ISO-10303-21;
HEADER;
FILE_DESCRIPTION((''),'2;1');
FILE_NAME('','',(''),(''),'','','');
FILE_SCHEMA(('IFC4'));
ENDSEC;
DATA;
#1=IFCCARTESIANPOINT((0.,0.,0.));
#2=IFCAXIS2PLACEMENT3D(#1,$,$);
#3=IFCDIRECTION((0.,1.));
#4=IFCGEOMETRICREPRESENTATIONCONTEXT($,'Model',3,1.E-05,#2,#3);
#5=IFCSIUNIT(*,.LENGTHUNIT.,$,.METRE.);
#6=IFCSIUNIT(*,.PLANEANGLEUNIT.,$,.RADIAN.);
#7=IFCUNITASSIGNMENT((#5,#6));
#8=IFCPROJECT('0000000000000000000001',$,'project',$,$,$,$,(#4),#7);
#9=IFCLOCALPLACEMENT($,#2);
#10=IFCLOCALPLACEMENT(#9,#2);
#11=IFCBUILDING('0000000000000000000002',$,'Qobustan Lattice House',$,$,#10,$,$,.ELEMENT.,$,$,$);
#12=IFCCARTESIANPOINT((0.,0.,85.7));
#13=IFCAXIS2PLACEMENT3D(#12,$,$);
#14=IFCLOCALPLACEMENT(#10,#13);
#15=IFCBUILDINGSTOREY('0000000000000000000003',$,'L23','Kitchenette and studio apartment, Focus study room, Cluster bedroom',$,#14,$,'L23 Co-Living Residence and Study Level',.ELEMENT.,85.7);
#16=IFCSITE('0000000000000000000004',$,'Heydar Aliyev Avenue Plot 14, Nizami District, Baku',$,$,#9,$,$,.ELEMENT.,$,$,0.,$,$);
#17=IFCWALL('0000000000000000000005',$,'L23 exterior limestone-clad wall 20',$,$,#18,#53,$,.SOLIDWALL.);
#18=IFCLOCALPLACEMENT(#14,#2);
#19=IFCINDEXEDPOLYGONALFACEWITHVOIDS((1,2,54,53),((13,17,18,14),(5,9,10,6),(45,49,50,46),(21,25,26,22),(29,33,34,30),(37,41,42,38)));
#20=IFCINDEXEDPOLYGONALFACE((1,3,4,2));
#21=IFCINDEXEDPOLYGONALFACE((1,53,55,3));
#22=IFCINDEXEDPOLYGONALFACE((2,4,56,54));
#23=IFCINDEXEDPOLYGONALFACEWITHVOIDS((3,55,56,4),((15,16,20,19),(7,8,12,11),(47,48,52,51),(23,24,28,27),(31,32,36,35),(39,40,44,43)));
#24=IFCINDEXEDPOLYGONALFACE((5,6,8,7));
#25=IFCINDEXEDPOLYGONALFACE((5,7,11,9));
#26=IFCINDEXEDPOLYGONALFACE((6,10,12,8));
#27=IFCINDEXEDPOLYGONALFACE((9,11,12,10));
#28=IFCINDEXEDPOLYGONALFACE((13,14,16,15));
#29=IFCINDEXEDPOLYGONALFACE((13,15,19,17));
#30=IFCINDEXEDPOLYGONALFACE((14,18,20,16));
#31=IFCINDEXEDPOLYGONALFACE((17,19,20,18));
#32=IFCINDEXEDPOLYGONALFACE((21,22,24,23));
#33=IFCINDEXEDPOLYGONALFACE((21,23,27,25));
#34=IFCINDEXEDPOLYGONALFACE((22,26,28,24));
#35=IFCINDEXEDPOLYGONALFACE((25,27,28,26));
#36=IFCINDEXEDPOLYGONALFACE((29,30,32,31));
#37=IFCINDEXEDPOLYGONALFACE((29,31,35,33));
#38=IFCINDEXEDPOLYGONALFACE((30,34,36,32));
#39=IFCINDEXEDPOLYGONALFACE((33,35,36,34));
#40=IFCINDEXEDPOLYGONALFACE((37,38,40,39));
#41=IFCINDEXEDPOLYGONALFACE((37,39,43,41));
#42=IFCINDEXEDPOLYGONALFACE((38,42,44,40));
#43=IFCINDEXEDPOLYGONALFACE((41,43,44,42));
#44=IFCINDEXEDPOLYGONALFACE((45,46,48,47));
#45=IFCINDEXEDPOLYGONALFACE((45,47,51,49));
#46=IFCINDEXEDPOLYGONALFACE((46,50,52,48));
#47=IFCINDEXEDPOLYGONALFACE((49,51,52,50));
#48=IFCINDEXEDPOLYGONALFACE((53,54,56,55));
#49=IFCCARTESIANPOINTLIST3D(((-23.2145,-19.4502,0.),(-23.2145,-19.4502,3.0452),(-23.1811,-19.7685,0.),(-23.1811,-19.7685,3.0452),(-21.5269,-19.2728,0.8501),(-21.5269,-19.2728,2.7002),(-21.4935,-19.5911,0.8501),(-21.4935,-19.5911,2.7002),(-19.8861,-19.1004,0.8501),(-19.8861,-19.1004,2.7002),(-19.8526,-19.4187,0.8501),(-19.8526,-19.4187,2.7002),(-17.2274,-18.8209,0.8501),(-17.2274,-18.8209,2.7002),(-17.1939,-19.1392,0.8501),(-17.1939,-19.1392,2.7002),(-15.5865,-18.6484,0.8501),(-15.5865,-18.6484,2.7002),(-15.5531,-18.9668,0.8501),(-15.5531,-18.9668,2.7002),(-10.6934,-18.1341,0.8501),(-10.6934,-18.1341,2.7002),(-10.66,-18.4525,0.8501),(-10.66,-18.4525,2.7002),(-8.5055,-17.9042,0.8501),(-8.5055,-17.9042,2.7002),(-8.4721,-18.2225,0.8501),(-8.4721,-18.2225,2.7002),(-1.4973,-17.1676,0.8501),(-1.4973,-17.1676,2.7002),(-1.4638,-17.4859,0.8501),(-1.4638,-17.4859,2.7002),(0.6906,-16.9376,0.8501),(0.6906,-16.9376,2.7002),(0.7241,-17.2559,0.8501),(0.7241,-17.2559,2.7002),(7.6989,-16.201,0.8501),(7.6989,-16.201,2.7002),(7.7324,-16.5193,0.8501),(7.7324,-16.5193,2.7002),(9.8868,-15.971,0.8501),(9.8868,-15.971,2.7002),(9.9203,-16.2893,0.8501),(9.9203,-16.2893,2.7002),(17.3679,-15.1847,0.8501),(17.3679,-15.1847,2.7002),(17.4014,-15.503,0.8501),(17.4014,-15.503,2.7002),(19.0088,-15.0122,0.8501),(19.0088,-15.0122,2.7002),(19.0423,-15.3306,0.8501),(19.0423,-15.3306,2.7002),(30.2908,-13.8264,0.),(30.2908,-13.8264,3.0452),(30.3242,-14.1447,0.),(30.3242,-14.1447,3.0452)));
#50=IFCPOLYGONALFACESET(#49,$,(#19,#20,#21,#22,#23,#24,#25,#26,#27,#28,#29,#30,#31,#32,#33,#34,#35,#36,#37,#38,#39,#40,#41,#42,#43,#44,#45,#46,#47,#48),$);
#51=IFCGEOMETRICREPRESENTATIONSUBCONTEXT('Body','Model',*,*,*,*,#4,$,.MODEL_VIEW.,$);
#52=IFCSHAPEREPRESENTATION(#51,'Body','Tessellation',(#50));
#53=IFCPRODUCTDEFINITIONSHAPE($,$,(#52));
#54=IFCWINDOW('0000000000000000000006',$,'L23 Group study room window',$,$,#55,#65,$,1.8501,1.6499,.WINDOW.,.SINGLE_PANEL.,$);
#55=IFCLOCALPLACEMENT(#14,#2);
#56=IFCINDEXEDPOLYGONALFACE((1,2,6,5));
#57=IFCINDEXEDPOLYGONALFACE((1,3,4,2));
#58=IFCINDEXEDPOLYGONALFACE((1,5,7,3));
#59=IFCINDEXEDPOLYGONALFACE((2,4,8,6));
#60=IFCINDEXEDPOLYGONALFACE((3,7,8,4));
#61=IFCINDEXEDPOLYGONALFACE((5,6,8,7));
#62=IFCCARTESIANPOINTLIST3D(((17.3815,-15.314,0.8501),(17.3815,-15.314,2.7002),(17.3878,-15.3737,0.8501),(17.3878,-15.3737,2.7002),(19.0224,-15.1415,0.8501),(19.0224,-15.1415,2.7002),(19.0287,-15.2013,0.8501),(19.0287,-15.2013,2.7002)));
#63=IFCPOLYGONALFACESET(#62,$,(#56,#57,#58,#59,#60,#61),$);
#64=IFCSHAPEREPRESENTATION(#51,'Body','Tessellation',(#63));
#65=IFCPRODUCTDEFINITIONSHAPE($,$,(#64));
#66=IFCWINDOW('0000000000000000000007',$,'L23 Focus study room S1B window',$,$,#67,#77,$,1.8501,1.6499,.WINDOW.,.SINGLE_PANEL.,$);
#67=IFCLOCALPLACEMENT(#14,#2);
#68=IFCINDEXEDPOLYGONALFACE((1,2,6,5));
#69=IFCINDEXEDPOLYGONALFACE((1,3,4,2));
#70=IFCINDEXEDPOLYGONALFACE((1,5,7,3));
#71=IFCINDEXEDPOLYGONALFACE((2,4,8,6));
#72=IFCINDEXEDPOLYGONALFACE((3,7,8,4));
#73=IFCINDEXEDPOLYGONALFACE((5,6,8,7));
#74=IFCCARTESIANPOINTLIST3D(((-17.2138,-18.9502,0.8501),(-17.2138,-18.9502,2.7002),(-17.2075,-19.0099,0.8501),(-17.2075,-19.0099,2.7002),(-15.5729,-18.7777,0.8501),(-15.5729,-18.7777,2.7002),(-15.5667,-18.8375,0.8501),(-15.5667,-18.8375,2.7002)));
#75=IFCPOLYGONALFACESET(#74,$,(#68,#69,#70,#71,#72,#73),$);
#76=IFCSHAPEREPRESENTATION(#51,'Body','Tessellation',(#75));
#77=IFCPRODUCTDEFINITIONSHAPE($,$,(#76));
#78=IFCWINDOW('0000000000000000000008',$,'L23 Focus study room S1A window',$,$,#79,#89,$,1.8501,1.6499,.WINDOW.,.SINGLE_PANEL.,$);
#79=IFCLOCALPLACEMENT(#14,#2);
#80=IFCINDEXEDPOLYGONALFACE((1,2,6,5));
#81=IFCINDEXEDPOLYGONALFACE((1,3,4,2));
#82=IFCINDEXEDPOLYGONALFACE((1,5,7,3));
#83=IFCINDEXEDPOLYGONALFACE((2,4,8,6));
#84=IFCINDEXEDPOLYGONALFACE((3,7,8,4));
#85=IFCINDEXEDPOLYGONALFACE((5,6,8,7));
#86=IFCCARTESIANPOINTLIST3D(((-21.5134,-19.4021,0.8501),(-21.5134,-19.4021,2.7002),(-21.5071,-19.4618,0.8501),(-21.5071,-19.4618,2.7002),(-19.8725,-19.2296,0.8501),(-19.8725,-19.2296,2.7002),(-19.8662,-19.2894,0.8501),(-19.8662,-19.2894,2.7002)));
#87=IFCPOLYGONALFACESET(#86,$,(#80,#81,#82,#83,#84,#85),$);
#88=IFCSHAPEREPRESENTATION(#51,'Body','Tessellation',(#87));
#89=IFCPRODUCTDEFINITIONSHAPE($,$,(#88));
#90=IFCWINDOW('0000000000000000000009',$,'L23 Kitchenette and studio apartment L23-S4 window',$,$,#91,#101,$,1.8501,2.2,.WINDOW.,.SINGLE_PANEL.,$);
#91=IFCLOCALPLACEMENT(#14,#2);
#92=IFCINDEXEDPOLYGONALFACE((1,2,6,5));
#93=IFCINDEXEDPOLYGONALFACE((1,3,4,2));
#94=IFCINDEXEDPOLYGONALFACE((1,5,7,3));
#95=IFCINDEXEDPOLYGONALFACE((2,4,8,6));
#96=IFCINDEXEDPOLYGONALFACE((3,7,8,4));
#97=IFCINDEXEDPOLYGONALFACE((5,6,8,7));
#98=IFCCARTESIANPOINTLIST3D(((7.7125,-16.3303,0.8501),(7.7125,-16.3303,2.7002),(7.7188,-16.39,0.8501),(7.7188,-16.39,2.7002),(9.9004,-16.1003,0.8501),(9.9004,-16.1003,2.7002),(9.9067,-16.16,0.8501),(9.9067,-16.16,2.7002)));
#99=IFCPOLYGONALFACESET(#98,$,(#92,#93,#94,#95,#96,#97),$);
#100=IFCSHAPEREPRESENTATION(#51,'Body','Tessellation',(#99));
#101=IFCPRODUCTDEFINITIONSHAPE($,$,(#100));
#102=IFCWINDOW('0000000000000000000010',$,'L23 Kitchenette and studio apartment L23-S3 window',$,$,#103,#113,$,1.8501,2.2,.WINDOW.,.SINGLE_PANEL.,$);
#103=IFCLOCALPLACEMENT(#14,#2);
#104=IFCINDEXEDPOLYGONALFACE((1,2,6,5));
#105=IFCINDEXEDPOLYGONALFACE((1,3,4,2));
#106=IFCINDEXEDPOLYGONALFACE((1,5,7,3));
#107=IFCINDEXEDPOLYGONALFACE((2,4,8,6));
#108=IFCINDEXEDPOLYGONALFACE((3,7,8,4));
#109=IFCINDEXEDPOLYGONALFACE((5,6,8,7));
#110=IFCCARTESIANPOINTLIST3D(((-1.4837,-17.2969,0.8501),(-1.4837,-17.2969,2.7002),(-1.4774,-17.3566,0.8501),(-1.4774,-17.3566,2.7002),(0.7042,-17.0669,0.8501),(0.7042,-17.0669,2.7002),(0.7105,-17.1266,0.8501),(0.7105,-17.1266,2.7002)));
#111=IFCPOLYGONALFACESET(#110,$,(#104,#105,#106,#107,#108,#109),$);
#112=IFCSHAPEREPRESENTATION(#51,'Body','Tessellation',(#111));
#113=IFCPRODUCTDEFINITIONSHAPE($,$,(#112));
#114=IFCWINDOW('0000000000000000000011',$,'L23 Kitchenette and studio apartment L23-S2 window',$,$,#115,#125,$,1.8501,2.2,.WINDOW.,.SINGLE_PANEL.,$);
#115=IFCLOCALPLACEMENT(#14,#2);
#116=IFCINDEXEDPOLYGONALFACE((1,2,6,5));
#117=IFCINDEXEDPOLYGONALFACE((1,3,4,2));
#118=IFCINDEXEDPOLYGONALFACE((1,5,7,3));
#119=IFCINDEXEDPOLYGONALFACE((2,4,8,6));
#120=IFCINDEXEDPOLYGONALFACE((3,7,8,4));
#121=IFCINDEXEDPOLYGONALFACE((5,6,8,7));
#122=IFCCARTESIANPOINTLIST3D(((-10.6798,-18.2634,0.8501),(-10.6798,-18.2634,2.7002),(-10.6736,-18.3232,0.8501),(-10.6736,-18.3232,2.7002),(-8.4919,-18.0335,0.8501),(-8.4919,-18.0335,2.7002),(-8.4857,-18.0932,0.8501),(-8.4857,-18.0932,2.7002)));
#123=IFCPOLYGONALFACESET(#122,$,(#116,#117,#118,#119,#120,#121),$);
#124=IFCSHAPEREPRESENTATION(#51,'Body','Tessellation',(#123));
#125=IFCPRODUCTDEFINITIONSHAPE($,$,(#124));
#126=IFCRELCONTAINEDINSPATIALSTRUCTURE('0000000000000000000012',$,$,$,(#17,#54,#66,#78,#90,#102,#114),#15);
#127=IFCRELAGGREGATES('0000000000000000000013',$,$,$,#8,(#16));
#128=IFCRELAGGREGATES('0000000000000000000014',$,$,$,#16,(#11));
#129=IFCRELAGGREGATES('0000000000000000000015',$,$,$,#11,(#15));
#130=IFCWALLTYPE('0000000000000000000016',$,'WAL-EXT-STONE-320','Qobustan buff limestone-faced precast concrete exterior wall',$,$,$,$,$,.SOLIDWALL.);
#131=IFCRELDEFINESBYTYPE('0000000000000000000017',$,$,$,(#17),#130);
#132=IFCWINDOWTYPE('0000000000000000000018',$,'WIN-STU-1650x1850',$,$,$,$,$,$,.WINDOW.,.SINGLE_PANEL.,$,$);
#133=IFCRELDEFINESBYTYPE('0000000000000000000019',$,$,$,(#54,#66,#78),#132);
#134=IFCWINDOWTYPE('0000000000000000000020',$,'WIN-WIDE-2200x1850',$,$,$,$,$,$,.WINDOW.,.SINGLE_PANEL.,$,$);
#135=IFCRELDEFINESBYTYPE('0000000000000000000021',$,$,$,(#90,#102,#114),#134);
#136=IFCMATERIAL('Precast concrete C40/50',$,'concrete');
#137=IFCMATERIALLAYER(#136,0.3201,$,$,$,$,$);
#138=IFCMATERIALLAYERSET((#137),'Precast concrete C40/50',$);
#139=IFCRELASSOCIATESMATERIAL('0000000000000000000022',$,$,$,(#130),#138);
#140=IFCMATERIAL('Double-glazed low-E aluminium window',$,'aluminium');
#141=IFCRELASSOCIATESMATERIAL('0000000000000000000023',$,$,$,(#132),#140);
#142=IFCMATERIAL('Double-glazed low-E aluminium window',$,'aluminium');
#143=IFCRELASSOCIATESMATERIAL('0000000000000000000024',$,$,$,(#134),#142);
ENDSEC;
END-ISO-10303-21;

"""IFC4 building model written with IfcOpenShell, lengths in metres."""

from ifc_helpers import new_model, si_unit, direction, frame, frame_2d, origin, place, context, subcontext, project, spatial, rectangle, extrude, material, layer, layer_set, type_object, element, fill, save


model = new_model("IFC4")

# Units and contexts
model_context = context("Model", 3, precision=1e-05, world=origin(), true_north=direction((0.0, 1.0)))
body_context = subcontext(model_context, "Body", "Model", "MODEL_VIEW")
ifc_project = project(units=[si_unit("LENGTHUNIT", "METRE"), si_unit("PLANEANGLEUNIT", "RADIAN")], contexts=[model_context])

# Site, building, storey
site_placement = place(None, origin())
site = spatial("IfcSite", under=ifc_project, at=site_placement, Name="Heydar Aliyev Avenue Plot 14, Nizami District, Baku", CompositionType="ELEMENT", RefElevation=0.0)
building_placement = place(site_placement, origin())
building = spatial("IfcBuilding", under=site, at=building_placement, Name="Qobustan Lattice House", CompositionType="ELEMENT")
storey_placement = place(building_placement, frame((0.0, 0.0, 85.7)))
storey = spatial("IfcBuildingStorey", under=building, at=storey_placement, Name="L23", Description="Kitchenette and studio apartment, Focus study room, Cluster bedroom", LongName="L23 Co-Living Residence and Study Level", CompositionType="ELEMENT", Elevation=85.7)

# Shared definitions
ifc_material_1 = material(Name="Precast concrete C40/50", Category="concrete")
ifc_layer_1 = layer(ifc_material_1, 0.3201)
ifc_layer_set_1 = layer_set([ifc_layer_1], Name="Precast concrete C40/50")
wall_type = type_object("IfcWallType", Name="WAL-EXT-STONE-320", Description="Qobustan buff limestone-faced precast concrete exterior wall", PredefinedType="SOLIDWALL", material=ifc_layer_set_1)

# Wall, openings, windows
wall_1_placement = place(storey_placement, frame((30.3074, -13.9856, 0.0), z_axis=(0.0, 0.0, 1.0), x_axis=(-0.994522, -0.104531, 0.0)))
wall_1 = element("IfcWall", 1, at=wall_1_placement, inside=storey, type_object=wall_type, Name="L23 exterior limestone-clad wall 20", PredefinedType="SOLIDWALL", context=body_context, shape_type="SweptSolid", body=[
    extrude(rectangle(XDim=53.8, YDim=0.3201, at=frame_2d((26.8999, 0.0))), origin(), (0.0, 0.0, 1.0), 3.0452),
])
opening_1_placement = place(wall_1_placement, frame((11.344, 0.0, 0.8501)))
opening_1 = element("IfcOpeningElement", 2, at=opening_1_placement, cuts=wall_1, PredefinedType="OPENING", context=body_context, shape_type="SweptSolid", body=[
    extrude(rectangle(XDim=1.6499, YDim=1.8501, at=frame_2d((0.825, 0.925))), frame((0.0, 0.1699, 0.0), z_axis=(0.0, -1.0, 0.0), x_axis=(1.0, 0.0, 0.0)), (0.0, 0.0, 1.0), 0.3401),
])
opening_2_placement = place(wall_1_placement, frame((20.5161, 0.0, 0.8501)))
opening_2 = element("IfcOpeningElement", 3, at=opening_2_placement, cuts=wall_1, PredefinedType="OPENING", context=body_context, shape_type="SweptSolid", body=[
    extrude(rectangle(XDim=2.2, YDim=1.8501, at=frame_2d((1.1001, 0.925))), frame((0.0, 0.1699, 0.0), z_axis=(0.0, -1.0, 0.0), x_axis=(1.0, 0.0, 0.0)), (0.0, 0.0, 1.0), 0.3401),
])
opening_3_placement = place(wall_1_placement, frame((29.7629, 0.0, 0.8501)))
opening_3 = element("IfcOpeningElement", 4, at=opening_3_placement, cuts=wall_1, PredefinedType="OPENING", context=body_context, shape_type="SweptSolid", body=[
    extrude(rectangle(XDim=2.2, YDim=1.8501, at=frame_2d((1.1001, 0.925))), frame((0.0, 0.1699, 0.0), z_axis=(0.0, -1.0, 0.0), x_axis=(1.0, 0.0, 0.0)), (0.0, 0.0, 1.0), 0.3401),
])
opening_4_placement = place(wall_1_placement, frame((39.0098, 0.0, 0.8501)))
opening_4 = element("IfcOpeningElement", 5, at=opening_4_placement, cuts=wall_1, PredefinedType="OPENING", context=body_context, shape_type="SweptSolid", body=[
    extrude(rectangle(XDim=2.2, YDim=1.8501, at=frame_2d((1.1001, 0.925))), frame((0.0, 0.1699, 0.0), z_axis=(0.0, -1.0, 0.0), x_axis=(1.0, 0.0, 0.0)), (0.0, 0.0, 1.0), 0.3401),
])
opening_5_placement = place(wall_1_placement, frame((46.1299, 0.0, 0.8501)))
opening_5 = element("IfcOpeningElement", 6, at=opening_5_placement, cuts=wall_1, PredefinedType="OPENING", context=body_context, shape_type="SweptSolid", body=[
    extrude(rectangle(XDim=1.6499, YDim=1.8501, at=frame_2d((0.825, 0.925))), frame((0.0, 0.1699, 0.0), z_axis=(0.0, -1.0, 0.0), x_axis=(1.0, 0.0, 0.0)), (0.0, 0.0, 1.0), 0.3401),
])
opening_6_placement = place(wall_1_placement, frame((50.4531, 0.0, 0.8501)))
opening_6 = element("IfcOpeningElement", 7, at=opening_6_placement, cuts=wall_1, PredefinedType="OPENING", context=body_context, shape_type="SweptSolid", body=[
    extrude(rectangle(XDim=1.6499, YDim=1.8501, at=frame_2d((0.825, 0.925))), frame((0.0, 0.1699, 0.0), z_axis=(0.0, -1.0, 0.0), x_axis=(1.0, 0.0, 0.0)), (0.0, 0.0, 1.0), 0.3401),
])
ifc_material_2 = material(Name="Double-glazed low-E aluminium window", Category="aluminium")
window_type_1 = type_object("IfcWindowType", Name="WIN-STU-1650x1850", PartitioningType="SINGLE_PANEL", PredefinedType="WINDOW", material=ifc_material_2)
window_1_placement = place(opening_1_placement, origin())
window_1 = element("IfcWindow", 8, at=window_1_placement, inside=storey, type_object=window_type_1, Name="L23 Group study room window", OverallHeight=1.8501, OverallWidth=1.6499, PartitioningType="SINGLE_PANEL", PredefinedType="WINDOW", context=body_context, shape_type="SweptSolid", body=[
    extrude(rectangle(XDim=1.6499, YDim=1.8501, at=frame_2d((0.825, 0.925))), frame((0.0, 0.03, 0.0), z_axis=(0.0, -1.0, 0.0), x_axis=(1.0, 0.0, 0.0)), (0.0, 0.0, 1.0), 0.0601),
])
fill(opening_1, window_1)
window_2_placement = place(opening_5_placement, origin())
window_2 = element("IfcWindow", 9, at=window_2_placement, inside=storey, type_object=window_type_1, Name="L23 Focus study room S1B window", OverallHeight=1.8501, OverallWidth=1.6499, PartitioningType="SINGLE_PANEL", PredefinedType="WINDOW", context=body_context, shape_type="SweptSolid", body=[
    extrude(rectangle(XDim=1.6499, YDim=1.8501, at=frame_2d((0.825, 0.925))), frame((0.0, 0.03, 0.0), z_axis=(0.0, -1.0, 0.0), x_axis=(1.0, 0.0, 0.0)), (0.0, 0.0, 1.0), 0.0601),
])
fill(opening_5, window_2)
window_3_placement = place(opening_6_placement, origin())
window_3 = element("IfcWindow", 10, at=window_3_placement, inside=storey, type_object=window_type_1, Name="L23 Focus study room S1A window", OverallHeight=1.8501, OverallWidth=1.6499, PartitioningType="SINGLE_PANEL", PredefinedType="WINDOW", context=body_context, shape_type="SweptSolid", body=[
    extrude(rectangle(XDim=1.6499, YDim=1.8501, at=frame_2d((0.825, 0.925))), frame((0.0, 0.03, 0.0), z_axis=(0.0, -1.0, 0.0), x_axis=(1.0, 0.0, 0.0)), (0.0, 0.0, 1.0), 0.0601),
])
fill(opening_6, window_3)
ifc_material_3 = material(Name="Double-glazed low-E aluminium window", Category="aluminium")
window_type_2 = type_object("IfcWindowType", Name="WIN-WIDE-2200x1850", PartitioningType="SINGLE_PANEL", PredefinedType="WINDOW", material=ifc_material_3)
window_4_placement = place(opening_2_placement, origin())
window_4 = element("IfcWindow", 11, at=window_4_placement, inside=storey, type_object=window_type_2, Name="L23 Kitchenette and studio apartment L23-S4 window", OverallHeight=1.8501, OverallWidth=2.2, PartitioningType="SINGLE_PANEL", PredefinedType="WINDOW", context=body_context, shape_type="SweptSolid", body=[
    extrude(rectangle(XDim=2.2, YDim=1.8501, at=frame_2d((1.1001, 0.925))), frame((0.0, 0.03, 0.0), z_axis=(0.0, -1.0, 0.0), x_axis=(1.0, 0.0, 0.0)), (0.0, 0.0, 1.0), 0.0601),
])
fill(opening_2, window_4)
window_5_placement = place(opening_3_placement, origin())
window_5 = element("IfcWindow", 12, at=window_5_placement, inside=storey, type_object=window_type_2, Name="L23 Kitchenette and studio apartment L23-S3 window", OverallHeight=1.8501, OverallWidth=2.2, PartitioningType="SINGLE_PANEL", PredefinedType="WINDOW", context=body_context, shape_type="SweptSolid", body=[
    extrude(rectangle(XDim=2.2, YDim=1.8501, at=frame_2d((1.1001, 0.925))), frame((0.0, 0.03, 0.0), z_axis=(0.0, -1.0, 0.0), x_axis=(1.0, 0.0, 0.0)), (0.0, 0.0, 1.0), 0.0601),
])
fill(opening_3, window_5)
window_6_placement = place(opening_4_placement, origin())
window_6 = element("IfcWindow", 13, at=window_6_placement, inside=storey, type_object=window_type_2, Name="L23 Kitchenette and studio apartment L23-S2 window", OverallHeight=1.8501, OverallWidth=2.2, PartitioningType="SINGLE_PANEL", PredefinedType="WINDOW", context=body_context, shape_type="SweptSolid", body=[
    extrude(rectangle(XDim=2.2, YDim=1.8501, at=frame_2d((1.1001, 0.925))), frame((0.0, 0.03, 0.0), z_axis=(0.0, -1.0, 0.0), x_axis=(1.0, 0.0, 0.0)), (0.0, 0.0, 1.0), 0.0601),
])
fill(opening_4, window_6)

save(model, "model.ifc")
